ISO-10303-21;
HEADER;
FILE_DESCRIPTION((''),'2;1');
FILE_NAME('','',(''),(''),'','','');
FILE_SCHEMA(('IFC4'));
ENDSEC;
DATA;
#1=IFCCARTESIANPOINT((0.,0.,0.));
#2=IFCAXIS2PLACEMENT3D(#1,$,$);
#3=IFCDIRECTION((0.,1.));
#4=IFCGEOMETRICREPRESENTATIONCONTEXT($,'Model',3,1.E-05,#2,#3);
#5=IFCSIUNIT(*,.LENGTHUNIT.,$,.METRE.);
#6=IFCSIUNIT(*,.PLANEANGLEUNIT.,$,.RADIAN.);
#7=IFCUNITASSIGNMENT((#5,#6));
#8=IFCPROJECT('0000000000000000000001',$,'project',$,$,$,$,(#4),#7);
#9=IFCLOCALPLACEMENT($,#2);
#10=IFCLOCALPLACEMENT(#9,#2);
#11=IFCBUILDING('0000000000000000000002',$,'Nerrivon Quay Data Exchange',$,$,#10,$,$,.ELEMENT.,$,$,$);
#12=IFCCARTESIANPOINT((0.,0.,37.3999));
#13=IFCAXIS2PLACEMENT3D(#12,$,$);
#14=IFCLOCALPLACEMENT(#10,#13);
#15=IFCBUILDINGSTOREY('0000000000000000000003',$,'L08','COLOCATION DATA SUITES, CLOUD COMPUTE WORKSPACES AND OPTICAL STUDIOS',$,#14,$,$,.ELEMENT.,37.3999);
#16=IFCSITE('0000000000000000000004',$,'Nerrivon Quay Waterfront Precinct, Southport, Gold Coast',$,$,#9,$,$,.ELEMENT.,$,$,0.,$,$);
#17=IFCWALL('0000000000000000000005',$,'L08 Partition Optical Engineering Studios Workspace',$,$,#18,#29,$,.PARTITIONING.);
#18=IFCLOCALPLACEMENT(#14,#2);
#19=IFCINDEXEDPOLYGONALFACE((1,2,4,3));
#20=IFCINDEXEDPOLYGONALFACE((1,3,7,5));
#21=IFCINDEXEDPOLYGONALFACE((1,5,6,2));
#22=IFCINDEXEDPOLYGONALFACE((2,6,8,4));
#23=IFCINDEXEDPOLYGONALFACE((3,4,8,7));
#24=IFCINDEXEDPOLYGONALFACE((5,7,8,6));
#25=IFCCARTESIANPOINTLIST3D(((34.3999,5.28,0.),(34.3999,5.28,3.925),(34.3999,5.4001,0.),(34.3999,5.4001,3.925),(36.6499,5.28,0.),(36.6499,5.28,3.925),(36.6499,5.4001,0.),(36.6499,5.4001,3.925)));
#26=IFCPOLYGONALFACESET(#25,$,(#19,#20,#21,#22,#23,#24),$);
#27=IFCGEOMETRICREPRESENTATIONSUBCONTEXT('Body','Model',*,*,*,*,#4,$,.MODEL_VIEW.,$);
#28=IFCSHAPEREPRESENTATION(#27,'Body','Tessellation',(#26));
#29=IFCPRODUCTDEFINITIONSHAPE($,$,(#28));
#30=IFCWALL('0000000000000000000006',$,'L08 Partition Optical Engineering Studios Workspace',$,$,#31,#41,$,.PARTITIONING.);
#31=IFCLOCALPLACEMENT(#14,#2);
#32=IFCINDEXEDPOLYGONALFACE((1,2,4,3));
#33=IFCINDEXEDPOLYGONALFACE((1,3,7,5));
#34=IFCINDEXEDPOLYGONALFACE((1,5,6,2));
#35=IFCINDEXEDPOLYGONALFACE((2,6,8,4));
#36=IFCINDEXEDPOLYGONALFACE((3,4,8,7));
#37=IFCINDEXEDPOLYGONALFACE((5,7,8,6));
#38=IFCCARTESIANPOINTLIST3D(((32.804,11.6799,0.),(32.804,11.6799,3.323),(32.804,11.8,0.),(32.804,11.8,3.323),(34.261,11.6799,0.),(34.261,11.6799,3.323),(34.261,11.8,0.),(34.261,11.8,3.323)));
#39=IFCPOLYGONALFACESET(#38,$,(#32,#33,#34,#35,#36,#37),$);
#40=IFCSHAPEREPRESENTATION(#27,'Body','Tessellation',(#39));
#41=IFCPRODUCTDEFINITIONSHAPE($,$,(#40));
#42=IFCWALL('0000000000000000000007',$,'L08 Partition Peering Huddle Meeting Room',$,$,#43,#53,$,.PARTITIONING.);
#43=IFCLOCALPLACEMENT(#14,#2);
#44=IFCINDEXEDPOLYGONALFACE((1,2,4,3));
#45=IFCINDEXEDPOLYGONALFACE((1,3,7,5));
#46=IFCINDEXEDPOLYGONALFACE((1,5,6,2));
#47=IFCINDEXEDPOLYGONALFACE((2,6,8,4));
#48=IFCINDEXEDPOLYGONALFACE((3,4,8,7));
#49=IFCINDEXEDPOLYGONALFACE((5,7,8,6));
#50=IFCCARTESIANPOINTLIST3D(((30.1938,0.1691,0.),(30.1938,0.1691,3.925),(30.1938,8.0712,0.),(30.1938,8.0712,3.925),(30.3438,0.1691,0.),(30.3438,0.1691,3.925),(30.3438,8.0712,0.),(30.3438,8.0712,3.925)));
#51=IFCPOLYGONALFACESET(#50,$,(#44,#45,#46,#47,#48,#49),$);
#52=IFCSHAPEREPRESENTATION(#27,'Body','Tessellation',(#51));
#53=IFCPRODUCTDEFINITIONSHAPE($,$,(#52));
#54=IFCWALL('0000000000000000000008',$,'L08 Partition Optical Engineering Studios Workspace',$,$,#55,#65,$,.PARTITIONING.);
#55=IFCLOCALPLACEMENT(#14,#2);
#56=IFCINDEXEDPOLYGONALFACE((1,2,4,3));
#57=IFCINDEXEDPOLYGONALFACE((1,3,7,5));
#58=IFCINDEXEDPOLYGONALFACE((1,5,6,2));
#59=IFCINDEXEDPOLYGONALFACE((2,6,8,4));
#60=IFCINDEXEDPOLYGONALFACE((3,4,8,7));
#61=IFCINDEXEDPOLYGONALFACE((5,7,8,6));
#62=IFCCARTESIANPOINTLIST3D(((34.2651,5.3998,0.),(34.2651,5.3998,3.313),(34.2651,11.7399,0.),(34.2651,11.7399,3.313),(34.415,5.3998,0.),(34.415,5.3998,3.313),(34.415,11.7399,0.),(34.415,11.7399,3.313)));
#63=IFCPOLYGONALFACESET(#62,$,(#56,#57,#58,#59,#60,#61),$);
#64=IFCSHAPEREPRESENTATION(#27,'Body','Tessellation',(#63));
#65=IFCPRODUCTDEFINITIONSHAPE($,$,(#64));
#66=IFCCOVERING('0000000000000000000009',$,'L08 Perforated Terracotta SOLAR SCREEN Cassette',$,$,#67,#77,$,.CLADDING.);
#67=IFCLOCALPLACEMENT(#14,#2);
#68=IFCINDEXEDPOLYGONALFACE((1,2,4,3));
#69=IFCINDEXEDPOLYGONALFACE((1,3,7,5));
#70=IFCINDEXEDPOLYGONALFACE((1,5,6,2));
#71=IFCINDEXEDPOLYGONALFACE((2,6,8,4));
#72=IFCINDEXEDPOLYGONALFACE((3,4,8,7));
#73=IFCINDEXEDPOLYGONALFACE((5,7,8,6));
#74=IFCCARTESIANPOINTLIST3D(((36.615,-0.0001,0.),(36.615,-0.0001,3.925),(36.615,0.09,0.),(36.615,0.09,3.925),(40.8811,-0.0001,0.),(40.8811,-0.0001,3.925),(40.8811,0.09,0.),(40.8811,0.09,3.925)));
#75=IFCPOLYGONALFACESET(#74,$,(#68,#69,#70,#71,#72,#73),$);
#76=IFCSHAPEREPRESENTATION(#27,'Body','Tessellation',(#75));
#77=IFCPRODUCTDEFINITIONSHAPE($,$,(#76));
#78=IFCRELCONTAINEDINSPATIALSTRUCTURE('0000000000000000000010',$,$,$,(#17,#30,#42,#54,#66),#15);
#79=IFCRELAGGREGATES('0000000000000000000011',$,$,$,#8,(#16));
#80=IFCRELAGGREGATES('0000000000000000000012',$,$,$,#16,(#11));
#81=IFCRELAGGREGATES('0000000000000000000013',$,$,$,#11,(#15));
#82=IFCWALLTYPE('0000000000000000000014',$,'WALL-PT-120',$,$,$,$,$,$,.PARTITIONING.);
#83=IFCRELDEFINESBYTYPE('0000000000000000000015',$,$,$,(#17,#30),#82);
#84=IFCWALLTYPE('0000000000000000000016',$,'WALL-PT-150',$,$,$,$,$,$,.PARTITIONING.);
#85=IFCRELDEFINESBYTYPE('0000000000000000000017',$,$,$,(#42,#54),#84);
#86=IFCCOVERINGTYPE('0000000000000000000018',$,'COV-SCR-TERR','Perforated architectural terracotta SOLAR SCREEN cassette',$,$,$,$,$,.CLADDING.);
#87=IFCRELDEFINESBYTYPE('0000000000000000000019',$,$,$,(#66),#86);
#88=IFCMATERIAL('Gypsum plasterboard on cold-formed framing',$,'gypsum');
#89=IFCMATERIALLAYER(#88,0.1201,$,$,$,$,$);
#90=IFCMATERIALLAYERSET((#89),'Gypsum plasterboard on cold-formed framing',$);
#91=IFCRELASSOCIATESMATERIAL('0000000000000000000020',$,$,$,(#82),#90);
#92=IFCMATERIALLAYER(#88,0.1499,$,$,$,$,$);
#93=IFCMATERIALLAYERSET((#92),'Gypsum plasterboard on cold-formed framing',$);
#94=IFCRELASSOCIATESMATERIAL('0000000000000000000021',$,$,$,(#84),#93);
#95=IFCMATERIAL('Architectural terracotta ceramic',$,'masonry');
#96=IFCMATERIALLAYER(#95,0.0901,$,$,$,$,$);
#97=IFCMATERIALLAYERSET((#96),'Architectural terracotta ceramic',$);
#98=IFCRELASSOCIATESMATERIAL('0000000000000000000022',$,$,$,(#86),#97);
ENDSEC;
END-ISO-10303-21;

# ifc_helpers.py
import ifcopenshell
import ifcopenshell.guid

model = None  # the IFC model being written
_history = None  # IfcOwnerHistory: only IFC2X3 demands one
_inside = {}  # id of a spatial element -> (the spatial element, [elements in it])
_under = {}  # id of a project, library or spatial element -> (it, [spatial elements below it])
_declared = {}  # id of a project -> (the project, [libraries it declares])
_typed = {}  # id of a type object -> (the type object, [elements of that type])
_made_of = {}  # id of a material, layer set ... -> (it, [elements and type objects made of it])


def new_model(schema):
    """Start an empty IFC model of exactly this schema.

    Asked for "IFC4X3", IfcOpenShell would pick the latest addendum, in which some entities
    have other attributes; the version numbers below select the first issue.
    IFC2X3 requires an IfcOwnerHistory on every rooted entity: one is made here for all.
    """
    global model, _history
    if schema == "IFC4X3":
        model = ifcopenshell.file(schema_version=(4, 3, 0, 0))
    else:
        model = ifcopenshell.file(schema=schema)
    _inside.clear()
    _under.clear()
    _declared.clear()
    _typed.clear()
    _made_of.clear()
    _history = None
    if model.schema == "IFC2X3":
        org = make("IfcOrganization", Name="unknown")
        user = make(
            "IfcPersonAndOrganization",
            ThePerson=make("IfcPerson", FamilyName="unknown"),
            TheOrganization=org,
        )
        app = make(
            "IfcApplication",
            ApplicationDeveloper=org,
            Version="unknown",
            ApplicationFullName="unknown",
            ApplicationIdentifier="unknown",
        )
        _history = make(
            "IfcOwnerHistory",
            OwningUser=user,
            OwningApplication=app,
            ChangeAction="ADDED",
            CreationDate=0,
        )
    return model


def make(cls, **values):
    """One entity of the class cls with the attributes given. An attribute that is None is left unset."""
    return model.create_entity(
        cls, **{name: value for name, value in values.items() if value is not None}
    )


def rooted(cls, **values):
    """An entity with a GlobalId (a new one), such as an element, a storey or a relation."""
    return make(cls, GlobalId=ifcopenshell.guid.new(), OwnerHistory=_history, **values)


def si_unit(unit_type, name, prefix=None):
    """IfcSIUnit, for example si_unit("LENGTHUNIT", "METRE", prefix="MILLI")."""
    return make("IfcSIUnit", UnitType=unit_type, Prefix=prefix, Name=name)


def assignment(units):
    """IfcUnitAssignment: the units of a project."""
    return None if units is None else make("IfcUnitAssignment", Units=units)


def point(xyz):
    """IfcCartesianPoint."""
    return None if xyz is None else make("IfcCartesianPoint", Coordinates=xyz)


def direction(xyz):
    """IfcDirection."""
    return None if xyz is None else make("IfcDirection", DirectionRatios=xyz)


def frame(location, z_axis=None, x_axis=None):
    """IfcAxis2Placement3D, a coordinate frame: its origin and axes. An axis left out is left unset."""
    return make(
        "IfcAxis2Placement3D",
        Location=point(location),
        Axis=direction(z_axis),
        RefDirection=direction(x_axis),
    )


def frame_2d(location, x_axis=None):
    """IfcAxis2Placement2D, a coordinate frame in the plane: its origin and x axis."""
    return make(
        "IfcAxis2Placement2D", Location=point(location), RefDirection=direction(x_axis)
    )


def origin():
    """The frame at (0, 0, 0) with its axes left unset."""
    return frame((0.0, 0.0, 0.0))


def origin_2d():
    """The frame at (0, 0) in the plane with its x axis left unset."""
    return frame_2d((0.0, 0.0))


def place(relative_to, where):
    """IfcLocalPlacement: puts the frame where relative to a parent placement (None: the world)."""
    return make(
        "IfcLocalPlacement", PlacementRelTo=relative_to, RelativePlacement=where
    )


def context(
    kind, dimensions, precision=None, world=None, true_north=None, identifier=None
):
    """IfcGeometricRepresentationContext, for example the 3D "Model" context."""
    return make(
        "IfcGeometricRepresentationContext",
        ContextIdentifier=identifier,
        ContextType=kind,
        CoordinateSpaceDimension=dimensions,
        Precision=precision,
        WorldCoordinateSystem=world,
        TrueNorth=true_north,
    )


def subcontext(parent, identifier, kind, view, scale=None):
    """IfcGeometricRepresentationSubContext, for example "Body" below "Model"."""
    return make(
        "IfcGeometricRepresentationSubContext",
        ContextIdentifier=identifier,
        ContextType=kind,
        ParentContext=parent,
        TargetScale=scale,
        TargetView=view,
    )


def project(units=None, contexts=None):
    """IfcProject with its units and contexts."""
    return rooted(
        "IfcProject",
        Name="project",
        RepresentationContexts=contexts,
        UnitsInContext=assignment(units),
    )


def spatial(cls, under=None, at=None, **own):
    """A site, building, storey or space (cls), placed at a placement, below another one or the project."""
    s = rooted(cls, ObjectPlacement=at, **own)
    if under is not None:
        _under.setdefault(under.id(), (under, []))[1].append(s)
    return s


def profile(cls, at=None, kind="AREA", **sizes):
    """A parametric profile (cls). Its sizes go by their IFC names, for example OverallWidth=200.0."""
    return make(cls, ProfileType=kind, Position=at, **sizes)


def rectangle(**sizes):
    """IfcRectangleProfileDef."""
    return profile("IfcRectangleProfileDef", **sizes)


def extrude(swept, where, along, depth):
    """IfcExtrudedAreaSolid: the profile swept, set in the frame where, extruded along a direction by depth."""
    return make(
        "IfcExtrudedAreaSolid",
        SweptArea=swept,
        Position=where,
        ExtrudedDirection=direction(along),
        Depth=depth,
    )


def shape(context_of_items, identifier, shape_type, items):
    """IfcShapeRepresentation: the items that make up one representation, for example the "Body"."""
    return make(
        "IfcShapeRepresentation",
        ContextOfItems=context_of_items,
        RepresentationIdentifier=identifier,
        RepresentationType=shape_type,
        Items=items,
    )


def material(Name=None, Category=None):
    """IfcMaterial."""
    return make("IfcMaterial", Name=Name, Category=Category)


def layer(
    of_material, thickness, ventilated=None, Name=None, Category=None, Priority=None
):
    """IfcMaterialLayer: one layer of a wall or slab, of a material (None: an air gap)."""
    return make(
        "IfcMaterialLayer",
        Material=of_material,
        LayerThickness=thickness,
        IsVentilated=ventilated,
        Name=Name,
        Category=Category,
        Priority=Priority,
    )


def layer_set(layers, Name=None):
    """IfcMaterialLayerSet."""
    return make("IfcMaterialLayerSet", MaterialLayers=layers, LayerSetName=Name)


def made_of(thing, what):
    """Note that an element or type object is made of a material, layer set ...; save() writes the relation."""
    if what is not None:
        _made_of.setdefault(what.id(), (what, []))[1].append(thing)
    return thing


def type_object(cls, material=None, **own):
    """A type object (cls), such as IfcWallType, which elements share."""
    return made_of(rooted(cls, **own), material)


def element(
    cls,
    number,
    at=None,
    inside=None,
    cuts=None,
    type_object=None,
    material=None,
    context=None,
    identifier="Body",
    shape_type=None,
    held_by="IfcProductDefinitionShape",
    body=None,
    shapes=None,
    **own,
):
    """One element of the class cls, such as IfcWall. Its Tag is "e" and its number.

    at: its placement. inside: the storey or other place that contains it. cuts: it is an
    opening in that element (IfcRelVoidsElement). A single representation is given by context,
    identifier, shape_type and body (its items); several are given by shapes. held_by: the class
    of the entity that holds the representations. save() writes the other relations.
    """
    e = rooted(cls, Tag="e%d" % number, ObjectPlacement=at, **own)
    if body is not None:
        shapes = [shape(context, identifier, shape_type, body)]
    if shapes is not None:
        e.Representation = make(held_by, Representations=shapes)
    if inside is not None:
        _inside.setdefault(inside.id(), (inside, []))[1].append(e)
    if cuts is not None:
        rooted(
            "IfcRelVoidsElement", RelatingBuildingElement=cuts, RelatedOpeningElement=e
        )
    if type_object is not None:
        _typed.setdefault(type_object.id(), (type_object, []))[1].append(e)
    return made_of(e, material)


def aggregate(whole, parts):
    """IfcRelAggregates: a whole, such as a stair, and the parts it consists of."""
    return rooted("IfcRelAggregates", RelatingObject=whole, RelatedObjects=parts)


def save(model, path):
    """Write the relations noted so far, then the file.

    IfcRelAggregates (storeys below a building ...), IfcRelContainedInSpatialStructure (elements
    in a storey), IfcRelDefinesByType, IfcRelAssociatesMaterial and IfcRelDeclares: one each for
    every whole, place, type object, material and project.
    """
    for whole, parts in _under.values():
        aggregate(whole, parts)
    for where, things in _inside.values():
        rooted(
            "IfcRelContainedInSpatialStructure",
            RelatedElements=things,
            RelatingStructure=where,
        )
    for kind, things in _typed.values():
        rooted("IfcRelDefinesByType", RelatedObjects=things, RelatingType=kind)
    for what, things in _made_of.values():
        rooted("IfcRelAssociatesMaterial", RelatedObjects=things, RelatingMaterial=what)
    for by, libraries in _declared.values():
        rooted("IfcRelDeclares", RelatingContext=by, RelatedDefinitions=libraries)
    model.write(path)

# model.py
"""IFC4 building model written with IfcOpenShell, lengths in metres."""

from ifc_helpers import new_model, si_unit, direction, frame, frame_2d, origin, origin_2d, place, context, subcontext, project, spatial, rectangle, extrude, material, layer, layer_set, type_object, element, save


model = new_model("IFC4")

# Units and contexts
model_context = context("Model", 3, precision=1e-05, world=origin(), true_north=direction((0.0, 1.0)))
body_context = subcontext(model_context, "Body", "Model", "MODEL_VIEW")
ifc_project = project(units=[si_unit("LENGTHUNIT", "METRE"), si_unit("PLANEANGLEUNIT", "RADIAN")], contexts=[model_context])

# Site, building, storey
site_placement = place(None, origin())
site = spatial("IfcSite", under=ifc_project, at=site_placement, Name="Nerrivon Quay Waterfront Precinct, Southport, Gold Coast", CompositionType="ELEMENT", RefElevation=0.0)
building_placement = place(site_placement, origin())
building = spatial("IfcBuilding", under=site, at=building_placement, Name="Nerrivon Quay Data Exchange", CompositionType="ELEMENT")
storey_placement = place(building_placement, frame((0.0, 0.0, 37.3999)))
storey = spatial("IfcBuildingStorey", under=building, at=storey_placement, Name="L08", Description="COLOCATION DATA SUITES, CLOUD COMPUTE WORKSPACES AND OPTICAL STUDIOS", CompositionType="ELEMENT", Elevation=37.3999)

# Shared definitions
ifc_material_1 = material(Name="Gypsum plasterboard on cold-formed framing", Category="gypsum")

# Walls
ifc_layer_1 = layer(ifc_material_1, 0.1201)
ifc_layer_set_1 = layer_set([ifc_layer_1], Name="Gypsum plasterboard on cold-formed framing")
wall_type_1 = type_object("IfcWallType", Name="WALL-PT-120", PredefinedType="PARTITIONING", material=ifc_layer_set_1)
wall_1_placement = place(storey_placement, frame((36.6499, 5.3401, 0.0), z_axis=(0.0, 0.0, 1.0), x_axis=(-1.0, 0.0, 0.0)))
element("IfcWall", 1, at=wall_1_placement, inside=storey, type_object=wall_type_1, Name="L08 Partition Optical Engineering Studios Workspace", PredefinedType="PARTITIONING", context=body_context, shape_type="SweptSolid", body=[
    extrude(rectangle(XDim=2.25, YDim=0.1201, at=frame_2d((1.125, 0.0))), origin(), (0.0, 0.0, 1.0), 3.925),
])
wall_2_placement = place(storey_placement, frame((34.261, 11.74, 0.0), z_axis=(0.0, 0.0, 1.0), x_axis=(-1.0, 0.0, 0.0)))
element("IfcWall", 2, at=wall_2_placement, inside=storey, type_object=wall_type_1, Name="L08 Partition Optical Engineering Studios Workspace", PredefinedType="PARTITIONING", context=body_context, shape_type="SweptSolid", body=[
    extrude(rectangle(XDim=1.457, YDim=0.1201, at=frame_2d((0.7285, 0.0))), origin(), (0.0, 0.0, 1.0), 3.323),
])
ifc_layer_2 = layer(ifc_material_1, 0.1499)
ifc_layer_set_2 = layer_set([ifc_layer_2], Name="Gypsum plasterboard on cold-formed framing")
wall_type_2 = type_object("IfcWallType", Name="WALL-PT-150", PredefinedType="PARTITIONING", material=ifc_layer_set_2)
wall_3_placement = place(storey_placement, frame((30.2688, 0.1689, 0.0), z_axis=(0.0, 0.0, 1.0), x_axis=(0.0, 1.0, 0.0)))
element("IfcWall", 3, at=wall_3_placement, inside=storey, type_object=wall_type_2, Name="L08 Partition Peering Huddle Meeting Room", PredefinedType="PARTITIONING", context=body_context, shape_type="SweptSolid", body=[
    extrude(rectangle(XDim=7.9021, YDim=0.1499, at=frame_2d((3.9512, 0.0))), origin(), (0.0, 0.0, 1.0), 3.925),
])
wall_4_placement = place(storey_placement, frame((34.3401, 5.3999, 0.0), z_axis=(0.0, 0.0, 1.0), x_axis=(0.0, 1.0, 0.0)))
element("IfcWall", 4, at=wall_4_placement, inside=storey, type_object=wall_type_2, Name="L08 Partition Optical Engineering Studios Workspace", PredefinedType="PARTITIONING", context=body_context, shape_type="SweptSolid", body=[
    extrude(rectangle(XDim=6.3401, YDim=0.1499, at=frame_2d((3.1699, 0.0))), origin(), (0.0, 0.0, 1.0), 3.313),
])

# Covering
ifc_material_2 = material(Name="Architectural terracotta ceramic", Category="masonry")
ifc_layer_3 = layer(ifc_material_2, 0.0901)
ifc_layer_set_3 = layer_set([ifc_layer_3], Name="Architectural terracotta ceramic")
covering_type = type_object("IfcCoveringType", Name="COV-SCR-TERR", Description="Perforated architectural terracotta SOLAR SCREEN cassette", PredefinedType="CLADDING", material=ifc_layer_set_3)
covering_placement = place(storey_placement, frame((38.748, 0.0449, 0.0), z_axis=(0.0, 0.0, 1.0), x_axis=(-1.0, 0.0, 0.0)))
element("IfcCovering", 5, at=covering_placement, inside=storey, type_object=covering_type, Name="L08 Perforated Terracotta SOLAR SCREEN Cassette", PredefinedType="CLADDING", context=body_context, shape_type="SweptSolid", body=[
    extrude(rectangle(XDim=4.2661, YDim=0.0901, at=origin_2d()), origin(), (0.0, 0.0, 1.0), 3.925),
])

save(model, "model.ifc")
